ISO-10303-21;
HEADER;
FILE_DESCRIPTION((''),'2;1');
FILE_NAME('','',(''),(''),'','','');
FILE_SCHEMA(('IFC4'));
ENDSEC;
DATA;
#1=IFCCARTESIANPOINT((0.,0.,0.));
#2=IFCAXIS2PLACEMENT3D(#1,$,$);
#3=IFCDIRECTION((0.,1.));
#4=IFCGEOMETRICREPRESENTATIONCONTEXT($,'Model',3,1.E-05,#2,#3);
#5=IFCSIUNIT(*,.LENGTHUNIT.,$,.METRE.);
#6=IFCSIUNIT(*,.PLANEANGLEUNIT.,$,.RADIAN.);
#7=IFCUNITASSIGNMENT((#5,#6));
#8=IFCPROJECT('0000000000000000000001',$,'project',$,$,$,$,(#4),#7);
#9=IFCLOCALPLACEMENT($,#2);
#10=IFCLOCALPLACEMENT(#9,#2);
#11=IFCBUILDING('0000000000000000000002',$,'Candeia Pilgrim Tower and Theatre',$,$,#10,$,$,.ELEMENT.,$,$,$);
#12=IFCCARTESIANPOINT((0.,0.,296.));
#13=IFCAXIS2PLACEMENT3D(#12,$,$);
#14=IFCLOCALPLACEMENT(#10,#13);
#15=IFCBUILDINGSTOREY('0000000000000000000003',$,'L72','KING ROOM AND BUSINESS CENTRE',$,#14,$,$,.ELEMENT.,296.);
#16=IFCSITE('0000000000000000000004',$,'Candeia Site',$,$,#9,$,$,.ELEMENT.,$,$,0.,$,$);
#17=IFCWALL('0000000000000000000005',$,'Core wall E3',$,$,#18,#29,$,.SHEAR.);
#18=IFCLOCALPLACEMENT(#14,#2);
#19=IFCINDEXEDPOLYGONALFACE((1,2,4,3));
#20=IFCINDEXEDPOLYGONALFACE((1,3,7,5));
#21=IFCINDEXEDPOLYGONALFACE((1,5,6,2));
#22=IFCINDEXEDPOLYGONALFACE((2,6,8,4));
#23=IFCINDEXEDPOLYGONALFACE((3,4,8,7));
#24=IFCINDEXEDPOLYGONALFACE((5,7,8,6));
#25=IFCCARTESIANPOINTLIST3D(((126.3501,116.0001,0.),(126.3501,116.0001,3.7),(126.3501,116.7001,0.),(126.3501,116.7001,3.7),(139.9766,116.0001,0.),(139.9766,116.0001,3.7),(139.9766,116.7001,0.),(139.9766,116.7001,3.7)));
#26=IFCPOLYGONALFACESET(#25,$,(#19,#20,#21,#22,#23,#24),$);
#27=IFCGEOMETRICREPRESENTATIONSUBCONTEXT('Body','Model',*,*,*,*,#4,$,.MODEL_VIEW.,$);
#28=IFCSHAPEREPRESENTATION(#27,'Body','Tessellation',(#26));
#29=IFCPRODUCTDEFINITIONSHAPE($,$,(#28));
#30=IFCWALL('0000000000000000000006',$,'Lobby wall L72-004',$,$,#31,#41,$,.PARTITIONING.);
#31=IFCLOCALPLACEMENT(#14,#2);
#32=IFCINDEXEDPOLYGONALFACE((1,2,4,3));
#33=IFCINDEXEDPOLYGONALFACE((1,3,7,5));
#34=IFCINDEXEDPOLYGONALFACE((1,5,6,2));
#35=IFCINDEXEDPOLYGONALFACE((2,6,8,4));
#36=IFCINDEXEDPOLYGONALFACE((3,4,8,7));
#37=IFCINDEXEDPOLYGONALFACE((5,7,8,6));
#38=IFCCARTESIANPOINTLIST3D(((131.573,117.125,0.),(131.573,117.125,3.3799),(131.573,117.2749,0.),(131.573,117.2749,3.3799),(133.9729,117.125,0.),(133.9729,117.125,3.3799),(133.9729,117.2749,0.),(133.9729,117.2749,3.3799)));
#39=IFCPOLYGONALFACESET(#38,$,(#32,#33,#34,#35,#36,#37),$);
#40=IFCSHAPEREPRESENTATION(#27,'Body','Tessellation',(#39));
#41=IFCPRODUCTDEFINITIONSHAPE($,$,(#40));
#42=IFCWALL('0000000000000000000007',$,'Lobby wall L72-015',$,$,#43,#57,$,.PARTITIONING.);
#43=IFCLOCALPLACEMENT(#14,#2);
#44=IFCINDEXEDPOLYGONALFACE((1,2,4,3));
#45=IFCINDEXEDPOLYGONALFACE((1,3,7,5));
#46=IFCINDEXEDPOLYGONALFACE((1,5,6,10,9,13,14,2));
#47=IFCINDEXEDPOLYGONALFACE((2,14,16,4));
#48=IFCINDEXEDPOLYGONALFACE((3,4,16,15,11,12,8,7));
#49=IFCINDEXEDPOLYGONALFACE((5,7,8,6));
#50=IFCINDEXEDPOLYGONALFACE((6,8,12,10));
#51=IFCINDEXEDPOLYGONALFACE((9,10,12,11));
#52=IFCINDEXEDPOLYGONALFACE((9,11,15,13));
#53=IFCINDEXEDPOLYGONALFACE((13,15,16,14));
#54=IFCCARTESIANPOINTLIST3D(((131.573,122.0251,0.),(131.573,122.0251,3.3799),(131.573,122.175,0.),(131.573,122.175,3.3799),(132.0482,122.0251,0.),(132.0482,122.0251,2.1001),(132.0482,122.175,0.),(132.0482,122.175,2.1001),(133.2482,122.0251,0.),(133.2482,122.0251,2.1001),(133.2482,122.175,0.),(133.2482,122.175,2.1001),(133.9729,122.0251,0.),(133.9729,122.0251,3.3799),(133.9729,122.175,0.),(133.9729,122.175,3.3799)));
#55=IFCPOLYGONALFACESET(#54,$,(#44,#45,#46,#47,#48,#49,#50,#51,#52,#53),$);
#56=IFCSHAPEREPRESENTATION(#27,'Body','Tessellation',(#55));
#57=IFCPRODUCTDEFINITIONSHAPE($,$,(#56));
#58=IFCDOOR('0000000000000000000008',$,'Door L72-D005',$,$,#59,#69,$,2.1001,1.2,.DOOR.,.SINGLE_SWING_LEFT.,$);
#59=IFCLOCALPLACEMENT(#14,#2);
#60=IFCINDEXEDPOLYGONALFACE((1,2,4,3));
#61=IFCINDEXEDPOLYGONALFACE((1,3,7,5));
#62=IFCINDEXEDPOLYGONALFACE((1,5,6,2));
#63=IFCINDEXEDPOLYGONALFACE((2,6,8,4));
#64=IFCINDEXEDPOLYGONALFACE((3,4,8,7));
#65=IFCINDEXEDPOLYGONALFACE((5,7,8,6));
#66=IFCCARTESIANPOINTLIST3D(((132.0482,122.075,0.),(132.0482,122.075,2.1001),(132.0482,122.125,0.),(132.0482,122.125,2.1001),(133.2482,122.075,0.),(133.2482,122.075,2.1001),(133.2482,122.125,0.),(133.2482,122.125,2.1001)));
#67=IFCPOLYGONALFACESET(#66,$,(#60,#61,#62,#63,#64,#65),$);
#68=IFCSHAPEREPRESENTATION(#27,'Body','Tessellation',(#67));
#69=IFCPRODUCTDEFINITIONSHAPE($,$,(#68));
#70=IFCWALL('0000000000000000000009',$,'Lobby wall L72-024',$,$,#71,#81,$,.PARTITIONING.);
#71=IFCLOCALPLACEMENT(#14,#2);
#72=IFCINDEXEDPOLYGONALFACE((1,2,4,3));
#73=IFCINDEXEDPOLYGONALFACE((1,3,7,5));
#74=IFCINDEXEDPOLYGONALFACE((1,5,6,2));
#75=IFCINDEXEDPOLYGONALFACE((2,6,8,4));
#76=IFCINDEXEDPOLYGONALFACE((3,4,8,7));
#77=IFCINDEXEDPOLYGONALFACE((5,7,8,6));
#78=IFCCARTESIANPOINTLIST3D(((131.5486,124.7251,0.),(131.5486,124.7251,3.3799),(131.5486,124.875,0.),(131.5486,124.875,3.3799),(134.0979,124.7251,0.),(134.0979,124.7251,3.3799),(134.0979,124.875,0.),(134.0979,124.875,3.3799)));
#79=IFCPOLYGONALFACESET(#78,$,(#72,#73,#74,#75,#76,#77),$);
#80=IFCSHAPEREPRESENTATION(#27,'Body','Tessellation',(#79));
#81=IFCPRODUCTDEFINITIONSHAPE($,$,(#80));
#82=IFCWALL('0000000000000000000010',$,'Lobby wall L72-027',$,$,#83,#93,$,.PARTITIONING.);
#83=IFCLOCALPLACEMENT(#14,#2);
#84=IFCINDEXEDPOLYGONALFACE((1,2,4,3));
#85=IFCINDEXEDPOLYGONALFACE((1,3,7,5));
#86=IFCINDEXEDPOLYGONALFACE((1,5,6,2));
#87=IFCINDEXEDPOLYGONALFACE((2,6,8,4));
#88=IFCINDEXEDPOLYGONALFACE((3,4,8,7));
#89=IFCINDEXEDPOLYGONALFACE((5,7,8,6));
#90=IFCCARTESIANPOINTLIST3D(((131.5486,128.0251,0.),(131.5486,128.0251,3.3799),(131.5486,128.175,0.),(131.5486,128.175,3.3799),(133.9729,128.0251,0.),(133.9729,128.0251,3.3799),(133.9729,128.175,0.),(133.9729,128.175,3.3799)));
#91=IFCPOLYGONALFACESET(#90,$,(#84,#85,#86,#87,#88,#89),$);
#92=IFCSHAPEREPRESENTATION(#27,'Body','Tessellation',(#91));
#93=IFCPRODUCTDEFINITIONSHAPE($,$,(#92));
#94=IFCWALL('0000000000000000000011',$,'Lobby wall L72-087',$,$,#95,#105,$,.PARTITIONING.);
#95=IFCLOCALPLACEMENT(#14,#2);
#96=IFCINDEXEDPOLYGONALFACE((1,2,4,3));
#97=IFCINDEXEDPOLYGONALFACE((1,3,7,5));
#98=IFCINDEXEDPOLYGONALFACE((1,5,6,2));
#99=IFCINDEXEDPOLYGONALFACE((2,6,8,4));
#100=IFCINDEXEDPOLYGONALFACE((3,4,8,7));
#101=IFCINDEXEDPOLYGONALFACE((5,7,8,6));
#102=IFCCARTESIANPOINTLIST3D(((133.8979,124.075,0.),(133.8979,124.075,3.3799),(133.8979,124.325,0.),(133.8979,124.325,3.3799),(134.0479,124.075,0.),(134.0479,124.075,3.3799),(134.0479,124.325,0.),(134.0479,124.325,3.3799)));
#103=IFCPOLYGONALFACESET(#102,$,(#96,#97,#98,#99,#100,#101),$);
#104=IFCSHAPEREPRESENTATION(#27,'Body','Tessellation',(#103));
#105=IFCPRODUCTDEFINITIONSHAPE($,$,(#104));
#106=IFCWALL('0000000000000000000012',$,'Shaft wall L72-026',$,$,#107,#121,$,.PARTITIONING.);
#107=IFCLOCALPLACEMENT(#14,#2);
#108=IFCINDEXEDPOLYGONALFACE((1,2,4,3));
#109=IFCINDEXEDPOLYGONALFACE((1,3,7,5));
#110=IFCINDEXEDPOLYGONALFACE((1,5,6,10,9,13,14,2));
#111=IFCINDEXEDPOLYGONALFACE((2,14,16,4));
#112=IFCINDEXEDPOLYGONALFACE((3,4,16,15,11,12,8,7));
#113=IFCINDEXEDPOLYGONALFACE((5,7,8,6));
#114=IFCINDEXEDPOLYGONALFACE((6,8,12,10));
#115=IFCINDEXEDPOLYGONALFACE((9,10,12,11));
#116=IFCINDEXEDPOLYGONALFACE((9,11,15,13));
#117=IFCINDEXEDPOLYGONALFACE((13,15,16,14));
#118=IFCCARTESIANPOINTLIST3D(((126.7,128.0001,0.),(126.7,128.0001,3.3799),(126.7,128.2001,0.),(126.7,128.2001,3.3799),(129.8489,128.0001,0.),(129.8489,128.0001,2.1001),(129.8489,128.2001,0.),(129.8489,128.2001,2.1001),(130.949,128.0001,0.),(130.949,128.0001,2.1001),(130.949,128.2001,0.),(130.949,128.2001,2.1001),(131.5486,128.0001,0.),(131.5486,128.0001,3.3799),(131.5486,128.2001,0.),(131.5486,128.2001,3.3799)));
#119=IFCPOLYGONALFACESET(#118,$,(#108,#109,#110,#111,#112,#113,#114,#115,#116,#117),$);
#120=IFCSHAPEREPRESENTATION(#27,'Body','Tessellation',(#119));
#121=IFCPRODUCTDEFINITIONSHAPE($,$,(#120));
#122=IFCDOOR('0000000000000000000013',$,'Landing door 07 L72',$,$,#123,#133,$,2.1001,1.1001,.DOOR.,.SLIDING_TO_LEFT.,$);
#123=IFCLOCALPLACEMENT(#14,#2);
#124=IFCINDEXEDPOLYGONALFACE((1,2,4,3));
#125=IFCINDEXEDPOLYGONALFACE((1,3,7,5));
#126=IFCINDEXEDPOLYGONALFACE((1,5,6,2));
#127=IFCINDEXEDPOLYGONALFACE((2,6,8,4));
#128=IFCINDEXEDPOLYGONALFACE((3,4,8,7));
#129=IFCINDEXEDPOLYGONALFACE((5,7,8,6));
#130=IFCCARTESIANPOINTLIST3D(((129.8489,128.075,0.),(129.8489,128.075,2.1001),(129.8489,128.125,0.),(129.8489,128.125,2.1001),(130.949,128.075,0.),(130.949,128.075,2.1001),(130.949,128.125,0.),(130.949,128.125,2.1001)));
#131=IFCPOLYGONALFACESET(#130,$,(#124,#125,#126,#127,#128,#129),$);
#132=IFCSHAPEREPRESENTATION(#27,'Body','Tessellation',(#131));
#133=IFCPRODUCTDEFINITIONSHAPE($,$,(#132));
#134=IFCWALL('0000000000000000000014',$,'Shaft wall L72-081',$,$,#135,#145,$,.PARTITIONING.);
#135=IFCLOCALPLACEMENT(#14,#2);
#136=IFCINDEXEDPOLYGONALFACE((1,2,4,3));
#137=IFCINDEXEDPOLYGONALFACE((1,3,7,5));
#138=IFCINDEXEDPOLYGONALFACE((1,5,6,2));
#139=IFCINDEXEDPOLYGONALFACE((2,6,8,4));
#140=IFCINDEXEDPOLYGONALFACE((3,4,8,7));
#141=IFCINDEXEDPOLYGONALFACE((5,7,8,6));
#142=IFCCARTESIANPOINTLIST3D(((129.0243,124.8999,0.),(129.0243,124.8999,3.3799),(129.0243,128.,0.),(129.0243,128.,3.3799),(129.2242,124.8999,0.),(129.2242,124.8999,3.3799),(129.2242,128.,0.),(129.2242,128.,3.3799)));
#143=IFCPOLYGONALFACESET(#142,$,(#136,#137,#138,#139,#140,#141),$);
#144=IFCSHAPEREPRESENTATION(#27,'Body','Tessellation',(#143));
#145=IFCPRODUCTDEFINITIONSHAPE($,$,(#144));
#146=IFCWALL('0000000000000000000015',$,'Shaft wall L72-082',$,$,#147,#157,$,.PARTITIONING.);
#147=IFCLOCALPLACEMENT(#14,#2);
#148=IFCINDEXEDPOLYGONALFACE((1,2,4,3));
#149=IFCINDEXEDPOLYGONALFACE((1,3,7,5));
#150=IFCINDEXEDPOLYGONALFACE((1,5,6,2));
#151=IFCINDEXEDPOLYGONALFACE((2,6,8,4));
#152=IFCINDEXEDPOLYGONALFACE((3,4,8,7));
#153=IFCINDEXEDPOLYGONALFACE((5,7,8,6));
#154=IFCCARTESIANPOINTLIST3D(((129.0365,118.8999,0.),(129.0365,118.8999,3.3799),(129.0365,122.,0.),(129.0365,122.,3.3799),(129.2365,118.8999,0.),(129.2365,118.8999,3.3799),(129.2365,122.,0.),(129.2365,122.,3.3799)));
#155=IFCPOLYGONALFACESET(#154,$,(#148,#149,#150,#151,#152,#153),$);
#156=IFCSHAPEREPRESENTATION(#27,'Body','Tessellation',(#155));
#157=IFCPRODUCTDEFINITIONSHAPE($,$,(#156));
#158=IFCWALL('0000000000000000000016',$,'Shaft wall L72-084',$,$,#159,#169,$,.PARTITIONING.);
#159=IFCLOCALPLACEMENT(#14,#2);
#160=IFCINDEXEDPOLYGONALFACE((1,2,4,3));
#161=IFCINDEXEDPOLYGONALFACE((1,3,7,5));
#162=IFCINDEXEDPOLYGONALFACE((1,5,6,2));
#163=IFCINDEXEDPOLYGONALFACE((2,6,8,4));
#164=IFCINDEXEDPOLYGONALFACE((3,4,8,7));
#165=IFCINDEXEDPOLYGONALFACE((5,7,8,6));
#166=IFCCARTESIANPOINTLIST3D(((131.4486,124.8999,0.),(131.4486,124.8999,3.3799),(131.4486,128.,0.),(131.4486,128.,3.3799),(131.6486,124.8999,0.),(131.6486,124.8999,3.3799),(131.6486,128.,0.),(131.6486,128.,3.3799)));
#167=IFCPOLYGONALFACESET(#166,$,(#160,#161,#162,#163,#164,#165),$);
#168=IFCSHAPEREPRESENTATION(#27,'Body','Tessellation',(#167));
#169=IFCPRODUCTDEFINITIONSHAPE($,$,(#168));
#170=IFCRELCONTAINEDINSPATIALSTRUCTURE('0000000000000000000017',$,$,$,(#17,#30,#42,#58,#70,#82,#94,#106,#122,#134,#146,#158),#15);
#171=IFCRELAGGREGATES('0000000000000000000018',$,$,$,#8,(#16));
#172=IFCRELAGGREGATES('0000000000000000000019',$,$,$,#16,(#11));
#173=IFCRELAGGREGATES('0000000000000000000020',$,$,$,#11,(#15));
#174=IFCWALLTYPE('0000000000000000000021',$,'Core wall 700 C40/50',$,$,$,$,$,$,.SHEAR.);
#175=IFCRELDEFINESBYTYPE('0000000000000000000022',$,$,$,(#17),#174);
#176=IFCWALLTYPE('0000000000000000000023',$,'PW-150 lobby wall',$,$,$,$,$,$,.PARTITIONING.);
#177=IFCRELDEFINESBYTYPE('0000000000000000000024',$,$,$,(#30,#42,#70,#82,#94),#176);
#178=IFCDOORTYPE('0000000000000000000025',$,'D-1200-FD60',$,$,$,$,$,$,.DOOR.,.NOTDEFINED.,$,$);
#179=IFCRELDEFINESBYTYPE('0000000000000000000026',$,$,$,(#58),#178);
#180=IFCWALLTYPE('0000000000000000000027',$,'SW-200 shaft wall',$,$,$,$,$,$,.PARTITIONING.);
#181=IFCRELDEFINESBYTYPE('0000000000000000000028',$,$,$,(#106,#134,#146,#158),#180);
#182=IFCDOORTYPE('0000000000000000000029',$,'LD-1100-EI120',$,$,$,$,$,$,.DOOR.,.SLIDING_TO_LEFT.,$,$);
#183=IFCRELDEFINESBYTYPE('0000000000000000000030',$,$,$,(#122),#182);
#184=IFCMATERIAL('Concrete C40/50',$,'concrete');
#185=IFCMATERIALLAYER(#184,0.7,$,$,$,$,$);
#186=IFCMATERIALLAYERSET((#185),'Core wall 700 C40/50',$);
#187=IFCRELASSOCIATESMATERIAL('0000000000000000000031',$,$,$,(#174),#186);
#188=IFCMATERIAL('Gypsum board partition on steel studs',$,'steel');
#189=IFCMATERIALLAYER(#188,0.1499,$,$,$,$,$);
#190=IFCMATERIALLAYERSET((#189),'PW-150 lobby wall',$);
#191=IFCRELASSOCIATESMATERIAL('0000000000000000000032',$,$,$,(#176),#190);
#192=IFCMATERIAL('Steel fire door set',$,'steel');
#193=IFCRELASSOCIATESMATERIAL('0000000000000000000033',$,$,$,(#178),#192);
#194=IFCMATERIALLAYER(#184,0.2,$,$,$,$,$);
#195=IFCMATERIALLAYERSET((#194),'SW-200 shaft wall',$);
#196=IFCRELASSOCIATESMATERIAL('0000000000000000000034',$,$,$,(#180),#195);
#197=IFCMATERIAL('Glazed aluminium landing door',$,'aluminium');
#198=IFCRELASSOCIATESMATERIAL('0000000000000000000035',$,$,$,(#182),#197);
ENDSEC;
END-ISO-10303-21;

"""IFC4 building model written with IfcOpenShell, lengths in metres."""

from ifc_helpers import new_model, si_unit, direction, frame, frame_2d, origin, place, context, subcontext, project, spatial, rectangle, extrude, material, layer, layer_set, type_object, element, fill, save


model = new_model("IFC4")

# Units and contexts
model_context = context("Model", 3, precision=1e-05, world=origin(), true_north=direction((0.0, 1.0)))
body_context = subcontext(model_context, "Body", "Model", "MODEL_VIEW")
ifc_project = project(units=[si_unit("LENGTHUNIT", "METRE"), si_unit("PLANEANGLEUNIT", "RADIAN")], contexts=[model_context])

# Site, building, storey
site_placement = place(None, origin())
site = spatial("IfcSite", under=ifc_project, at=site_placement, Name="Candeia Site", CompositionType="ELEMENT", RefElevation=0.0)
building_placement = place(site_placement, origin())
building = spatial("IfcBuilding", under=site, at=building_placement, Name="Candeia Pilgrim Tower and Theatre", CompositionType="ELEMENT")
storey_placement = place(building_placement, frame((0.0, 0.0, 296.0)))
storey = spatial("IfcBuildingStorey", under=building, at=storey_placement, Name="L72", Description="KING ROOM AND BUSINESS CENTRE", CompositionType="ELEMENT", Elevation=296.0)

# Walls
ifc_material_1 = material(Name="Concrete C40/50", Category="concrete")
ifc_layer_1 = layer(ifc_material_1, 0.7)
ifc_layer_set_1 = layer_set([ifc_layer_1], Name="Core wall 700 C40/50")
wall_type_1 = type_object("IfcWallType", Name="Core wall 700 C40/50", PredefinedType="SHEAR", material=ifc_layer_set_1)
wall_1_placement = place(storey_placement, frame((139.9766, 116.3501, 0.0), z_axis=(0.0, 0.0, 1.0), x_axis=(-1.0, 0.0, 0.0)))
element("IfcWall", 1, at=wall_1_placement, inside=storey, type_object=wall_type_1, Name="Core wall E3", PredefinedType="SHEAR", context=body_context, shape_type="SweptSolid", body=[
    extrude(rectangle(XDim=13.6265, YDim=0.7, at=frame_2d((6.8132, 0.0))), origin(), (0.0, 0.0, 1.0), 3.7),
])
ifc_material_2 = material(Name="Gypsum board partition on steel studs", Category="steel")
ifc_layer_2 = layer(ifc_material_2, 0.1499)
ifc_layer_set_2 = layer_set([ifc_layer_2], Name="PW-150 lobby wall")
wall_type_2 = type_object("IfcWallType", Name="PW-150 lobby wall", PredefinedType="PARTITIONING", material=ifc_layer_set_2)
wall_2_placement = place(storey_placement, frame((131.573, 117.2, 0.0), z_axis=(0.0, 0.0, 1.0), x_axis=(1.0, 0.0, 0.0)))
element("IfcWall", 2, at=wall_2_placement, inside=storey, type_object=wall_type_2, Name="Lobby wall L72-004", PredefinedType="PARTITIONING", context=body_context, shape_type="SweptSolid", body=[
    extrude(rectangle(XDim=2.3999, YDim=0.1499, at=frame_2d((1.2, 0.0))), origin(), (0.0, 0.0, 1.0), 3.3799),
])

# Wall, opening, door
wall_3_placement = place(storey_placement, frame((131.573, 122.1001, 0.0), z_axis=(0.0, 0.0, 1.0), x_axis=(1.0, 0.0, 0.0)))
wall_3 = element("IfcWall", 3, at=wall_3_placement, inside=storey, type_object=wall_type_2, Name="Lobby wall L72-015", PredefinedType="PARTITIONING", context=body_context, shape_type="SweptSolid", body=[
    extrude(rectangle(XDim=2.3999, YDim=0.1499, at=frame_2d((1.2, 0.0))), origin(), (0.0, 0.0, 1.0), 3.3799),
])
opening_1_placement = place(wall_3_placement, frame((0.4751, 0.0, 0.0)))
opening_1 = element("IfcOpeningElement", 4, at=opening_1_placement, cuts=wall_3, PredefinedType="OPENING", context=body_context, shape_type="SweptSolid", body=[
    extrude(rectangle(XDim=1.2, YDim=2.1001, at=frame_2d((0.6001, 1.05))), frame((0.0, 0.085, 0.0), z_axis=(0.0, -1.0, 0.0), x_axis=(1.0, 0.0, 0.0)), (0.0, 0.0, 1.0), 0.1699),
])
ifc_material_3 = material(Name="Steel fire door set", Category="steel")
door_type_1 = type_object("IfcDoorType", Name="D-1200-FD60", OperationType="NOTDEFINED", PredefinedType="DOOR", material=ifc_material_3)
door_1_placement = place(opening_1_placement, origin())
door_1 = element("IfcDoor", 5, at=door_1_placement, inside=storey, type_object=door_type_1, Name="Door L72-D005", OperationType="SINGLE_SWING_LEFT", OverallHeight=2.1001, OverallWidth=1.2, PredefinedType="DOOR", context=body_context, shape_type="SweptSolid", body=[
    extrude(rectangle(XDim=1.2, YDim=2.1001, at=frame_2d((0.6001, 1.05))), frame((0.0, 0.0249, 0.0), z_axis=(0.0, -1.0, 0.0), x_axis=(1.0, 0.0, 0.0)), (0.0, 0.0, 1.0), 0.05),
])
fill(opening_1, door_1)

# Walls
wall_4_placement = place(storey_placement, frame((131.5486, 124.8, 0.0), z_axis=(0.0, 0.0, 1.0), x_axis=(1.0, 0.0, 0.0)))
element("IfcWall", 6, at=wall_4_placement, inside=storey, type_object=wall_type_2, Name="Lobby wall L72-024", PredefinedType="PARTITIONING", context=body_context, shape_type="SweptSolid", body=[
    extrude(rectangle(XDim=2.5493, YDim=0.1499, at=frame_2d((1.2747, 0.0))), origin(), (0.0, 0.0, 1.0), 3.3799),
])
wall_5_placement = place(storey_placement, frame((131.5486, 128.1001, 0.0), z_axis=(0.0, 0.0, 1.0), x_axis=(1.0, 0.0, 0.0)))
element("IfcWall", 7, at=wall_5_placement, inside=storey, type_object=wall_type_2, Name="Lobby wall L72-027", PredefinedType="PARTITIONING", context=body_context, shape_type="SweptSolid", body=[
    extrude(rectangle(XDim=2.4243, YDim=0.1499, at=frame_2d((1.2122, 0.0))), origin(), (0.0, 0.0, 1.0), 3.3799),
])
wall_6_placement = place(storey_placement, frame((133.9729, 124.075, 0.0), z_axis=(0.0, 0.0, 1.0), x_axis=(0.0, 1.0, 0.0)))
element("IfcWall", 8, at=wall_6_placement, inside=storey, type_object=wall_type_2, Name="Lobby wall L72-087", PredefinedType="PARTITIONING", context=body_context, shape_type="SweptSolid", body=[
    extrude(rectangle(XDim=0.25, YDim=0.1499, at=frame_2d((0.125, 0.0))), origin(), (0.0, 0.0, 1.0), 3.3799),
])

# Wall, opening, door
ifc_layer_3 = layer(ifc_material_1, 0.2)
ifc_layer_set_3 = layer_set([ifc_layer_3], Name="SW-200 shaft wall")
wall_type_3 = type_object("IfcWallType", Name="SW-200 shaft wall", PredefinedType="PARTITIONING", material=ifc_layer_set_3)
wall_7_placement = place(storey_placement, frame((126.7, 128.1001, 0.0), z_axis=(0.0, 0.0, 1.0), x_axis=(1.0, 0.0, 0.0)))
wall_7 = element("IfcWall", 9, at=wall_7_placement, inside=storey, type_object=wall_type_3, Name="Shaft wall L72-026", PredefinedType="PARTITIONING", context=body_context, shape_type="SweptSolid", body=[
    extrude(rectangle(XDim=4.8486, YDim=0.2, at=frame_2d((2.4243, 0.0))), origin(), (0.0, 0.0, 1.0), 3.3799),
])
opening_2_placement = place(wall_7_placement, frame((3.1489, 0.0, 0.0)))
opening_2 = element("IfcOpeningElement", 10, at=opening_2_placement, cuts=wall_7, PredefinedType="OPENING", context=body_context, shape_type="SweptSolid", body=[
    extrude(rectangle(XDim=1.1001, YDim=2.1001, at=frame_2d((0.55, 1.05))), frame((0.0, 0.1099, 0.0), z_axis=(0.0, -1.0, 0.0), x_axis=(1.0, 0.0, 0.0)), (0.0, 0.0, 1.0), 0.22),
])
ifc_material_4 = material(Name="Glazed aluminium landing door", Category="aluminium")
door_type_2 = type_object("IfcDoorType", Name="LD-1100-EI120", OperationType="SLIDING_TO_LEFT", PredefinedType="DOOR", material=ifc_material_4)
door_2_placement = place(opening_2_placement, origin())
door_2 = element("IfcDoor", 11, at=door_2_placement, inside=storey, type_object=door_type_2, Name="Landing door 07 L72", OperationType="SLIDING_TO_LEFT", OverallHeight=2.1001, OverallWidth=1.1001, PredefinedType="DOOR", context=body_context, shape_type="SweptSolid", body=[
    extrude(rectangle(XDim=1.1001, YDim=2.1001, at=frame_2d((0.55, 1.05))), frame((0.0, 0.0249, 0.0), z_axis=(0.0, -1.0, 0.0), x_axis=(1.0, 0.0, 0.0)), (0.0, 0.0, 1.0), 0.05),
])
fill(opening_2, door_2)

# Walls
for number, where, z_axis, x_axis, name in (
    (12, (129.1243, 124.8999, 0.0), (0.0, 0.0, 1.0), (0.0, 1.0, 0.0), "Shaft wall L72-081"),
    (13, (129.1365, 118.8999, 0.0), (0.0, 0.0, 1.0), (0.0, 1.0, 0.0), "Shaft wall L72-082"),
    (14, (131.5486, 124.8999, 0.0), (0.0, 0.0, 1.0), (0.0, 1.0, 0.0), "Shaft wall L72-084"),
):
    element("IfcWall", number, at=place(storey_placement, frame(where, z_axis=z_axis, x_axis=x_axis)), inside=storey, type_object=wall_type_3, Name=name, PredefinedType="PARTITIONING", context=body_context, shape_type="SweptSolid", body=[
        extrude(rectangle(XDim=3.1001, YDim=0.2, at=frame_2d((1.55, 0.0))), origin(), (0.0, 0.0, 1.0), 3.3799),
    ])

save(model, "model.ifc")
